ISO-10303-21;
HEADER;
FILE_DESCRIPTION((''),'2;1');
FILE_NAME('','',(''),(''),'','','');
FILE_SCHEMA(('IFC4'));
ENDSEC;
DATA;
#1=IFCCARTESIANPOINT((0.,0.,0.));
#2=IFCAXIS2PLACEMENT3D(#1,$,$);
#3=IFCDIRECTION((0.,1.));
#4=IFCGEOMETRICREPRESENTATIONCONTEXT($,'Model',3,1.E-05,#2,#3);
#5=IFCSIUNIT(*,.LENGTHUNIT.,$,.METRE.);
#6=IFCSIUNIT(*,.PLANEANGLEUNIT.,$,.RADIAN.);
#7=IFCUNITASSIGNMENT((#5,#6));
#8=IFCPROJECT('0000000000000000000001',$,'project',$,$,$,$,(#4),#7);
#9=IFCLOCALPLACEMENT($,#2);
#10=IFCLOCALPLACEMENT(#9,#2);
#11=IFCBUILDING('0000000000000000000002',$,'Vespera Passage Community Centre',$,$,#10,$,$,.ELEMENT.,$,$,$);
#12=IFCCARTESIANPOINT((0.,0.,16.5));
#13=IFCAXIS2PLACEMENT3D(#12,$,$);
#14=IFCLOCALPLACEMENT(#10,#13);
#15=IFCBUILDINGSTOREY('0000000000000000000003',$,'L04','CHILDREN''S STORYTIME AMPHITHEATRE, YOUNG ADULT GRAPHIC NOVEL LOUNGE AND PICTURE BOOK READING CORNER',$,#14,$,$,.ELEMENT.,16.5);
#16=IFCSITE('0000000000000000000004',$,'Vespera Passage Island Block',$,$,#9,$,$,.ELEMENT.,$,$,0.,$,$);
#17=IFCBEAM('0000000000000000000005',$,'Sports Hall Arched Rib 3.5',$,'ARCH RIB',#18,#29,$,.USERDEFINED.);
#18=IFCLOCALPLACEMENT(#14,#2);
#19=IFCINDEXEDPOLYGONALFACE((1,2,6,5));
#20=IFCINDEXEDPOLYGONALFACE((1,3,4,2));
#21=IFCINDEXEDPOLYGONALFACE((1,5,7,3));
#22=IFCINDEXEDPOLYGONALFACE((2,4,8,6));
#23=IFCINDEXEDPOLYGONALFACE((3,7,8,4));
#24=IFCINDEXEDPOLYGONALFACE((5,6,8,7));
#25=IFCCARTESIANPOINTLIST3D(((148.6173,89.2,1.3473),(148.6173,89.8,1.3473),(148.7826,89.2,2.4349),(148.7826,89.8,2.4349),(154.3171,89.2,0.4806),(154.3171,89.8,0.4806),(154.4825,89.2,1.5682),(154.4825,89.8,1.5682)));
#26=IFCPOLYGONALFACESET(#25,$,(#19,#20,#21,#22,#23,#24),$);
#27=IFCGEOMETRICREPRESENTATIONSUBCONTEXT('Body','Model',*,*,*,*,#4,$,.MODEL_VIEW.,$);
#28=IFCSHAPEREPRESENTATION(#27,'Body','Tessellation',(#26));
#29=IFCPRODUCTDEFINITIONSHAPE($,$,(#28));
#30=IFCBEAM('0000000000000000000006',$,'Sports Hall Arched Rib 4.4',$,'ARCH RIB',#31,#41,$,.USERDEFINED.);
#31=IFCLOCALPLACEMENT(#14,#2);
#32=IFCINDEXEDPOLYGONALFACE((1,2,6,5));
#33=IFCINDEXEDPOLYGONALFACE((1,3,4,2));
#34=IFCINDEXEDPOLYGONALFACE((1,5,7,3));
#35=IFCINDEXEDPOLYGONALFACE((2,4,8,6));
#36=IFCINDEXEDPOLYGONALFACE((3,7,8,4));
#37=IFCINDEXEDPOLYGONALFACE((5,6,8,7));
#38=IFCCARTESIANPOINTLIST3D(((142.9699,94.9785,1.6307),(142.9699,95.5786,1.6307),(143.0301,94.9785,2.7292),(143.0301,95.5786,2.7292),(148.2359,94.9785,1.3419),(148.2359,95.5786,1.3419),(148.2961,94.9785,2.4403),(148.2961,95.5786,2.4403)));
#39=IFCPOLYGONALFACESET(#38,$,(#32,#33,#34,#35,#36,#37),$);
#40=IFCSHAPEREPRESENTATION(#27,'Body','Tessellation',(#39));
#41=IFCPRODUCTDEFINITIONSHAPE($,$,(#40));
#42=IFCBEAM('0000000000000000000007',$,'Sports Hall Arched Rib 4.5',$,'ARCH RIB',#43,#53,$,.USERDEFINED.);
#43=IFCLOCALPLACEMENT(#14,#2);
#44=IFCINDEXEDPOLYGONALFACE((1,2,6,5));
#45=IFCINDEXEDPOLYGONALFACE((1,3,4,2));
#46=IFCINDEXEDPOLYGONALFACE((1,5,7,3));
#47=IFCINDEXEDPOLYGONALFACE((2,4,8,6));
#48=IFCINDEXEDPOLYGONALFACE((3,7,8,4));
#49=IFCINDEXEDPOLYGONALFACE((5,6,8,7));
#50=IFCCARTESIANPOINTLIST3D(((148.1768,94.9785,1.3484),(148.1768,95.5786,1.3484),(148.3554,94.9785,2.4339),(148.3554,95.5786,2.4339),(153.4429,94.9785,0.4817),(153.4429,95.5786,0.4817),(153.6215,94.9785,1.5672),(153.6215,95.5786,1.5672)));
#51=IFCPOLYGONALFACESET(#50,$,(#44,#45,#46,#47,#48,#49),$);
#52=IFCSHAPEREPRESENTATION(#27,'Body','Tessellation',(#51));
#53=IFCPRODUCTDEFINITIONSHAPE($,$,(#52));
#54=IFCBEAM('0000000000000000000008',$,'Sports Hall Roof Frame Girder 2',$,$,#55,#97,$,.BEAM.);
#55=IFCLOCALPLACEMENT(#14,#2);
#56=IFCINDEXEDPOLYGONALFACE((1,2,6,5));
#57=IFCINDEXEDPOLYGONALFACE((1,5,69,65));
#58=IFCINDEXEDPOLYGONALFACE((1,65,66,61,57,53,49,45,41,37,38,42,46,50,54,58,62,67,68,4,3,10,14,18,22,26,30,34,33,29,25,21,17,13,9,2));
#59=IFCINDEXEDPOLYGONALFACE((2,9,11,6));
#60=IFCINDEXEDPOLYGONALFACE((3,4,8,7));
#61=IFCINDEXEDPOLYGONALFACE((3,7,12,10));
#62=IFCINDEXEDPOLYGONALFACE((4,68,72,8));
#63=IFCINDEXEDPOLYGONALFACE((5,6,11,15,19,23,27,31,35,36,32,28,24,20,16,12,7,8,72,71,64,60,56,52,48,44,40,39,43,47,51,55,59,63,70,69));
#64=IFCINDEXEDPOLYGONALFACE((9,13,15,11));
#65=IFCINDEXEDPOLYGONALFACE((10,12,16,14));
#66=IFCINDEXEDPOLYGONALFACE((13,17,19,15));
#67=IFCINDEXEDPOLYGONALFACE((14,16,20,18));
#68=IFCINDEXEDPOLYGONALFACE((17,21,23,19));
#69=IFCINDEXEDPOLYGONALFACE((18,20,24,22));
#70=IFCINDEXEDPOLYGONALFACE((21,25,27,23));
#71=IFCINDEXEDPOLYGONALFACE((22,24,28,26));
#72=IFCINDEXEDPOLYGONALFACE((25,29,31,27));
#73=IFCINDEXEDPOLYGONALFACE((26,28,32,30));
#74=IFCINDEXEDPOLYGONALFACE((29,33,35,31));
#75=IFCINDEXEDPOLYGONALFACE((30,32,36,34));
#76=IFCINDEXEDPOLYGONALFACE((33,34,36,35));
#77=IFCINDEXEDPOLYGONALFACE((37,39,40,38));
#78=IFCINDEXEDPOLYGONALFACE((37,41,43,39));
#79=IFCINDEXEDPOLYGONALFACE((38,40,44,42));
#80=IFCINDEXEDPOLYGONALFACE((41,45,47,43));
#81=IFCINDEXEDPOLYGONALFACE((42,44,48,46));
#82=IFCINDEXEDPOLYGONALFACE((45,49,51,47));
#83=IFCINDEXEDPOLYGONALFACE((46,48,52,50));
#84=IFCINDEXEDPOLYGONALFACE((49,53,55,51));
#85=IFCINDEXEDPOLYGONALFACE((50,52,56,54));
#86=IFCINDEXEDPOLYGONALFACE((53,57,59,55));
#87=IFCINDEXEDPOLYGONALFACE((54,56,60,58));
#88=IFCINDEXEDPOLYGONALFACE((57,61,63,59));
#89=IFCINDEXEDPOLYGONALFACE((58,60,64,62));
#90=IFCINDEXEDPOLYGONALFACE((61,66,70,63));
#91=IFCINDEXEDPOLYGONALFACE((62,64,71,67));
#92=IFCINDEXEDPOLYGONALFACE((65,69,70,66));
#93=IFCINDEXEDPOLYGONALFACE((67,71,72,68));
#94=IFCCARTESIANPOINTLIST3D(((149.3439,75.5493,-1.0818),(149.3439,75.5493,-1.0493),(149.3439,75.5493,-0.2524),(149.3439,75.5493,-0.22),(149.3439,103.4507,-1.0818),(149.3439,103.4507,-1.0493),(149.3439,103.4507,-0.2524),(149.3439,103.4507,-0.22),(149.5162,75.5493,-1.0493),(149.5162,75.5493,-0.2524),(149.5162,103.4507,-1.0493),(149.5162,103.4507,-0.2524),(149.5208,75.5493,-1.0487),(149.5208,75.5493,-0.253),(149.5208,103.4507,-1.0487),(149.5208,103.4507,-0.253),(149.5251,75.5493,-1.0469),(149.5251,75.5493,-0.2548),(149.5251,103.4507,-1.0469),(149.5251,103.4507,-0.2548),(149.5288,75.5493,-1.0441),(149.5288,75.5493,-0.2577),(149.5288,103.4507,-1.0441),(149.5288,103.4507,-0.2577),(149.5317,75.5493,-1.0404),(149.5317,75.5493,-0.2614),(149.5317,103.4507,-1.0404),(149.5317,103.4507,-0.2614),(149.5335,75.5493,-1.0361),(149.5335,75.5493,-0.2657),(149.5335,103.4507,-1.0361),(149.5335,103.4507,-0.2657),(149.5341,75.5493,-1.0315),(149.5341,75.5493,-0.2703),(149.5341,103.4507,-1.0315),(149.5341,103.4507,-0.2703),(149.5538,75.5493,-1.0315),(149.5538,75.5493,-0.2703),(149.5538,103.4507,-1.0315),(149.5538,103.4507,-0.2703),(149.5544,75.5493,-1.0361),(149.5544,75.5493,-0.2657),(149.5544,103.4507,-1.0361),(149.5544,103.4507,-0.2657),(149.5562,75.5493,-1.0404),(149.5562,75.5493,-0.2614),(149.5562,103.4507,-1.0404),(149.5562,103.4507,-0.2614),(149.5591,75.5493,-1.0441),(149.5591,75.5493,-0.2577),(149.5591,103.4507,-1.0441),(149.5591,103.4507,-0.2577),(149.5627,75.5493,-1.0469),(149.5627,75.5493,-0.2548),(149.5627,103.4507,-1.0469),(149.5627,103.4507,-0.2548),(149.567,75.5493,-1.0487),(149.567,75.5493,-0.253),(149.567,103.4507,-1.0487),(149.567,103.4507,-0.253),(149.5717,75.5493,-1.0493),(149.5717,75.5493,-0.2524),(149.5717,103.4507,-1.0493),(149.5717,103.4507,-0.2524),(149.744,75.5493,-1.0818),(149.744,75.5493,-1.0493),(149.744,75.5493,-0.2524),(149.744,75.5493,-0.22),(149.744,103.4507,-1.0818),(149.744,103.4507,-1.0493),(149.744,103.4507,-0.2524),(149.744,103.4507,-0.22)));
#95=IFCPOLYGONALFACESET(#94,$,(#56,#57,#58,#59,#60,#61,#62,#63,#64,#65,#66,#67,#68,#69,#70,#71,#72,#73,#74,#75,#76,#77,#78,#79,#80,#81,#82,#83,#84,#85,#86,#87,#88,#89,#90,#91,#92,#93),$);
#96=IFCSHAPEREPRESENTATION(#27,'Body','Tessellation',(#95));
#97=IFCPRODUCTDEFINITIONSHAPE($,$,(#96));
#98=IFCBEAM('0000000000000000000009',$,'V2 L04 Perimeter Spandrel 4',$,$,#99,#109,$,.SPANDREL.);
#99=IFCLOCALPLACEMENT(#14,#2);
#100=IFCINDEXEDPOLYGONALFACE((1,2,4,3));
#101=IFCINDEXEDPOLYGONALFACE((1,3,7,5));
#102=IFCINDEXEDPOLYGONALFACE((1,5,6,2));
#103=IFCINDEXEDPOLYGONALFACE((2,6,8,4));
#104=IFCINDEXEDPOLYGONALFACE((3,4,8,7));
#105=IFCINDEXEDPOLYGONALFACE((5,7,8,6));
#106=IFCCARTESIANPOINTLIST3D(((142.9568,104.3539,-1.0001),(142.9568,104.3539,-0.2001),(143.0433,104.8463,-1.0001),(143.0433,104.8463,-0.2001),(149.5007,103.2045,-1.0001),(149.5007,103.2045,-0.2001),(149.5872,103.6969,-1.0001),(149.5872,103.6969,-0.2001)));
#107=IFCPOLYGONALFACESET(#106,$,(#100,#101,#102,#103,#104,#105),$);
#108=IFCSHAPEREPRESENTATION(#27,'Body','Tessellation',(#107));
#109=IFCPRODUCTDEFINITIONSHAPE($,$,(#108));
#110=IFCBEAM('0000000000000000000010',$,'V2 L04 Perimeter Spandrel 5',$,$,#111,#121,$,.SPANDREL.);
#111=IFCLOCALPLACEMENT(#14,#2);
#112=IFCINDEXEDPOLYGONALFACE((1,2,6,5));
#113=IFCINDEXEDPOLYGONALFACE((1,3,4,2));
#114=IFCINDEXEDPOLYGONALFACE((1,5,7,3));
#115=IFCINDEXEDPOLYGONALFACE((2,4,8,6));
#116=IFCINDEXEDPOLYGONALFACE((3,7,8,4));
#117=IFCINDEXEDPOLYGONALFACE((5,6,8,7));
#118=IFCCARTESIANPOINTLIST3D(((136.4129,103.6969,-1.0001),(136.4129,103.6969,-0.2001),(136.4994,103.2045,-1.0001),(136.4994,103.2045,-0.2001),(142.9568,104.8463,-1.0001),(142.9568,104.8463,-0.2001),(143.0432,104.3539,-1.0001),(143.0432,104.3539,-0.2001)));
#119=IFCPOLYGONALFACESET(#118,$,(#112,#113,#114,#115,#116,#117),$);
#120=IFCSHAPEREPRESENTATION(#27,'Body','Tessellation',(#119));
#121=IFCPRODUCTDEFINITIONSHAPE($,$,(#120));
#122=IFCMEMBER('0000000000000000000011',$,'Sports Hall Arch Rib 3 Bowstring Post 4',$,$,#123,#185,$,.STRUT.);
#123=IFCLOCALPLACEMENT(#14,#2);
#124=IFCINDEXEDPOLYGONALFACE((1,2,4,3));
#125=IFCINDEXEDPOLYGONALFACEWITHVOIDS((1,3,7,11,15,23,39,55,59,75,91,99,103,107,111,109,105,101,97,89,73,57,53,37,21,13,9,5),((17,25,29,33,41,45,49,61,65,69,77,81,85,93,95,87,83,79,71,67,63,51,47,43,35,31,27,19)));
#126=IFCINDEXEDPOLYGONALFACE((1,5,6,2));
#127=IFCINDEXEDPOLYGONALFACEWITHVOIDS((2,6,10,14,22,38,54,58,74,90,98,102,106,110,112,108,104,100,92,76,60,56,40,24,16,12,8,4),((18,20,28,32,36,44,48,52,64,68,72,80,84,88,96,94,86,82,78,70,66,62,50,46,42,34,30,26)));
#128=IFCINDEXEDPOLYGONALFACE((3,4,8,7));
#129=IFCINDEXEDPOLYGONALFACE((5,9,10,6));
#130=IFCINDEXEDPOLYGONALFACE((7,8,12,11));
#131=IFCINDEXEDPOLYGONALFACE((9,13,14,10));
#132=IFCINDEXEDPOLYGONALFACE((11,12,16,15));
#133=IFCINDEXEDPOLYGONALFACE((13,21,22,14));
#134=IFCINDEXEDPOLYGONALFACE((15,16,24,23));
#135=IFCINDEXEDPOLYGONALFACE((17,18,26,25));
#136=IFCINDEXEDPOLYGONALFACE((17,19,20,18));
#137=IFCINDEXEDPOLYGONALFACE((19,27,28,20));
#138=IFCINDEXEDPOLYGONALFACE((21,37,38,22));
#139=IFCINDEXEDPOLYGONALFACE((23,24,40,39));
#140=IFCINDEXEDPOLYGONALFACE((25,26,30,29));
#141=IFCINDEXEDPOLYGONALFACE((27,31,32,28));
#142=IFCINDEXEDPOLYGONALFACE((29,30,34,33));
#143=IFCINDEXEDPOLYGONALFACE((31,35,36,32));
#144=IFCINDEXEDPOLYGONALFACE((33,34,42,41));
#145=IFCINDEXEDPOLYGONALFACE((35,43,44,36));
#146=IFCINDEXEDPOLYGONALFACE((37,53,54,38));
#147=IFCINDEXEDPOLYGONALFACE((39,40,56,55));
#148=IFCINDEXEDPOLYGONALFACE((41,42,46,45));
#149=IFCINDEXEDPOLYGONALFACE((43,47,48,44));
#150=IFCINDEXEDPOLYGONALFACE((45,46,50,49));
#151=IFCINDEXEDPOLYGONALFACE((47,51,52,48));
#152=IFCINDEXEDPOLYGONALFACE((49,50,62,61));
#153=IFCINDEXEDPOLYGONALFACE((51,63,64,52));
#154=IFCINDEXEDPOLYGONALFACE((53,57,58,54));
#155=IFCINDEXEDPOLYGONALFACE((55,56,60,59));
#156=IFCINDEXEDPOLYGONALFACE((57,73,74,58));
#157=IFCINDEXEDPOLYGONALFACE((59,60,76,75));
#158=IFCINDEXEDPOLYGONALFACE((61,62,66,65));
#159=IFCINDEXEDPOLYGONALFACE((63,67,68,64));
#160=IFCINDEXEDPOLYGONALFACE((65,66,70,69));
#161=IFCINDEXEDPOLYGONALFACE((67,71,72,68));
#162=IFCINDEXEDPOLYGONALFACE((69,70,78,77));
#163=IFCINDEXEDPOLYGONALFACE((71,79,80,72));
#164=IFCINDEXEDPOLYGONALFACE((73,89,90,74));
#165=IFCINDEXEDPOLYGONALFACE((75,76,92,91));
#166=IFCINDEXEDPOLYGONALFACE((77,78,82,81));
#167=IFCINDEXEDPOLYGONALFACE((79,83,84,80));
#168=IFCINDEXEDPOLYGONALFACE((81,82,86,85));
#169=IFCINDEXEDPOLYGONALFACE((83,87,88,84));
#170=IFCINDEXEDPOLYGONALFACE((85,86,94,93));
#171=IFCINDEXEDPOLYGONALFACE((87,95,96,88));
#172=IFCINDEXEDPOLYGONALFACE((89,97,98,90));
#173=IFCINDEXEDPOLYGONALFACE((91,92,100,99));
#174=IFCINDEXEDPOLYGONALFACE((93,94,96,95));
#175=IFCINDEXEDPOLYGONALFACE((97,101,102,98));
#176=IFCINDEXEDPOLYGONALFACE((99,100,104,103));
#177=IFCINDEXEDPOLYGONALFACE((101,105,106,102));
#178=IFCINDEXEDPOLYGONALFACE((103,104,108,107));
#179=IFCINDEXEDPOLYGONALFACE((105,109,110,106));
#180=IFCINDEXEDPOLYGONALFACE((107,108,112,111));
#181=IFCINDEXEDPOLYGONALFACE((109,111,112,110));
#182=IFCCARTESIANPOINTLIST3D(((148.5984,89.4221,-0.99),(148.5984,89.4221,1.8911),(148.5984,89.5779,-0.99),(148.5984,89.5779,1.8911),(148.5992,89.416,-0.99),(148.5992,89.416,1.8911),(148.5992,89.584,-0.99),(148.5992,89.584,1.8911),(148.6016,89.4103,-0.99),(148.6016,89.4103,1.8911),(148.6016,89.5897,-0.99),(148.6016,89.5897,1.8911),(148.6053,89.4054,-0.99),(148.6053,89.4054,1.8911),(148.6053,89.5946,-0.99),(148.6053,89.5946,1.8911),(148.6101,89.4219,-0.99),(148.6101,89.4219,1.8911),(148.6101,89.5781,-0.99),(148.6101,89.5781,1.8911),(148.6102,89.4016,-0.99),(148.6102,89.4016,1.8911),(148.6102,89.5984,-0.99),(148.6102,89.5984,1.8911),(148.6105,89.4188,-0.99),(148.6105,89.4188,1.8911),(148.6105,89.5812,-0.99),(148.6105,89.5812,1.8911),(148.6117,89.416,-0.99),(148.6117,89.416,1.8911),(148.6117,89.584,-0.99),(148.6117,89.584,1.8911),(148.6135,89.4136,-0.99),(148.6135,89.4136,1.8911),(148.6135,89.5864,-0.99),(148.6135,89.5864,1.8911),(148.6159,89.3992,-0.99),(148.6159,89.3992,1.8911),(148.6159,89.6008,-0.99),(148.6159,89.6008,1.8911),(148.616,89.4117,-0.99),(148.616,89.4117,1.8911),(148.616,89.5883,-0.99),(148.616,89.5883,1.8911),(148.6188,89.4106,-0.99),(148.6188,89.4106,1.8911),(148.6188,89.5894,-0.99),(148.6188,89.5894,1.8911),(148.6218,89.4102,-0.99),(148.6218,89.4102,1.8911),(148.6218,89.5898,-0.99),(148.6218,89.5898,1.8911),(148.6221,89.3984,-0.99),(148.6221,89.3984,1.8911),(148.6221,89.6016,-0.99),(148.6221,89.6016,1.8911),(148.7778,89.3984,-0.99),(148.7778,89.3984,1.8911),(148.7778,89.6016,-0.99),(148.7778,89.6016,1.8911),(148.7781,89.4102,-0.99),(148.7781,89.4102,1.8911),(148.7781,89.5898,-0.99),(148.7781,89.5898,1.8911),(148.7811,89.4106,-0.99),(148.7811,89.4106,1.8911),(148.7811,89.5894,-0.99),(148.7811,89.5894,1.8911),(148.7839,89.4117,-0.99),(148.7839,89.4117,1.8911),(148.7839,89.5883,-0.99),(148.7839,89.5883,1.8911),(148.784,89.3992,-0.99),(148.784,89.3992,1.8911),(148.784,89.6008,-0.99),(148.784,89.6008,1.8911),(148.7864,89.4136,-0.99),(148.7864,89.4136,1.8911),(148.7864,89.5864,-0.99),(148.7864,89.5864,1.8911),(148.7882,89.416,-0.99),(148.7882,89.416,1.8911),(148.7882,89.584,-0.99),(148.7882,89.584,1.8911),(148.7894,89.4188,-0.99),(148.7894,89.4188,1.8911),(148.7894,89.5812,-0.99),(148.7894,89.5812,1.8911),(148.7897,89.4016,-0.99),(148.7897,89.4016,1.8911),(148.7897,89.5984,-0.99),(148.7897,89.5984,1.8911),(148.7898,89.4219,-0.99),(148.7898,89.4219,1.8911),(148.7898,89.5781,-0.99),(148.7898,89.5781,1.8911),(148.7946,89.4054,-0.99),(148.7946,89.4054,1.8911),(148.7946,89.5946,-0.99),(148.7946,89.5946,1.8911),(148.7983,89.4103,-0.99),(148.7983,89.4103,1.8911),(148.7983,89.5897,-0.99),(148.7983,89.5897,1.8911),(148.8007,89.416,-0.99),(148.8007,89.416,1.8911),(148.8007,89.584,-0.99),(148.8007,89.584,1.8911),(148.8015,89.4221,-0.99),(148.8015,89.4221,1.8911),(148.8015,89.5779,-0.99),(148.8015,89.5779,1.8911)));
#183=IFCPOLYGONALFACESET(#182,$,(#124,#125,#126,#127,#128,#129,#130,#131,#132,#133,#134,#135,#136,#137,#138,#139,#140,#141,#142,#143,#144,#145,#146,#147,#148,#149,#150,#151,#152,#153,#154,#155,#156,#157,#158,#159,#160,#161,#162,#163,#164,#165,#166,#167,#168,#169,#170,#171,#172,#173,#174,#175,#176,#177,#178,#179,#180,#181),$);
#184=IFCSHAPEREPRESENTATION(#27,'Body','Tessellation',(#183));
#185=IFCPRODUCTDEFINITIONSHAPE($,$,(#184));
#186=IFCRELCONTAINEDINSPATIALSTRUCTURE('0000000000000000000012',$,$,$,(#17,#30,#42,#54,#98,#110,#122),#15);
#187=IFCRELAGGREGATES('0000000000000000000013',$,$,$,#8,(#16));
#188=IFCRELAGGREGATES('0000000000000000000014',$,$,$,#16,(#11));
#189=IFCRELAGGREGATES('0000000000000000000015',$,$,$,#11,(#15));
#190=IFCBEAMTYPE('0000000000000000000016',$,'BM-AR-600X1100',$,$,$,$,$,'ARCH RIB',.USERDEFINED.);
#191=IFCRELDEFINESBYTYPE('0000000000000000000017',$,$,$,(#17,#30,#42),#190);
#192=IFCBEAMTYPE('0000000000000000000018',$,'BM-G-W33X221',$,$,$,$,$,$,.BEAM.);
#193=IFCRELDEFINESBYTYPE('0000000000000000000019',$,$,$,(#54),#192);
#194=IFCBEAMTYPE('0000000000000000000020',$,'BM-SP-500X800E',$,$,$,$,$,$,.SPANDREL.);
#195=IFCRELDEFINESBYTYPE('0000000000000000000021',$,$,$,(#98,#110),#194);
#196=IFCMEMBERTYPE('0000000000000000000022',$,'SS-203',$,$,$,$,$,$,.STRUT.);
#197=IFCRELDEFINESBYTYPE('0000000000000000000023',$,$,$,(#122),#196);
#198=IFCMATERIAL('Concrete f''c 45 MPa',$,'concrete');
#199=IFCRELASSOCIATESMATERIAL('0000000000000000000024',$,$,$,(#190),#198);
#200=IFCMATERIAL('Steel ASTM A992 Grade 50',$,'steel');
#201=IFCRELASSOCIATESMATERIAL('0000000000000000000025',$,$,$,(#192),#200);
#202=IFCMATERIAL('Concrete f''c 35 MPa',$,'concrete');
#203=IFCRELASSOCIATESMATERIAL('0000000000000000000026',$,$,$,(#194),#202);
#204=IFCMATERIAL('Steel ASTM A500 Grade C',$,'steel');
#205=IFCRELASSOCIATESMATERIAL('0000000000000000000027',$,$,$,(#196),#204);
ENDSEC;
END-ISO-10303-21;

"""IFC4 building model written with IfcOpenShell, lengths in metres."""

from ifc_helpers import new_model, si_unit, direction, frame, origin, origin_2d, place, context, subcontext, project, spatial, rectangle, hollow_rectangle, i_section, extrude, material, material_profile, profile_set, type_object, element, save


model = new_model("IFC4")

# Units and contexts
model_context = context("Model", 3, precision=1e-05, world=origin(), true_north=direction((0.0, 1.0)))
body_context = subcontext(model_context, "Body", "Model", "MODEL_VIEW")
ifc_project = project(units=[si_unit("LENGTHUNIT", "METRE"), si_unit("PLANEANGLEUNIT", "RADIAN")], contexts=[model_context])

# Site, building, storey
site_placement = place(None, origin())
site = spatial("IfcSite", under=ifc_project, at=site_placement, Name="Vespera Passage Island Block", CompositionType="ELEMENT", RefElevation=0.0)
building_placement = place(site_placement, origin())
building = spatial("IfcBuilding", under=site, at=building_placement, Name="Vespera Passage Community Centre", CompositionType="ELEMENT")
storey_placement = place(building_placement, frame((0.0, 0.0, 16.5)))
storey = spatial("IfcBuildingStorey", under=building, at=storey_placement, Name="L04", Description="CHILDREN'S STORYTIME AMPHITHEATRE, YOUNG ADULT GRAPHIC NOVEL LOUNGE AND PICTURE BOOK READING CORNER", CompositionType="ELEMENT", Elevation=16.5)

# Beams
ifc_material_1 = material(Name="Concrete f'c 45 MPa", Category="concrete")
ifc_material_profile_1 = material_profile(ifc_material_1, rectangle(XDim=0.6001, YDim=1.1001, at=origin_2d()), Name="RC600X1100")
ifc_profile_set_1 = profile_set([ifc_material_profile_1], Name="Concrete f'c 45 MPa")
beam_type_1 = type_object("IfcBeamType", Name="BM-AR-600X1100", ElementType="ARCH RIB", PredefinedType="USERDEFINED", material=ifc_profile_set_1)
beam_1_placement = place(storey_placement, frame((148.7, 89.5, 1.8911), z_axis=(0.988636, 0.0, -0.150326), x_axis=(0.0, 1.0, 0.0)))
element("IfcBeam", 1, at=beam_1_placement, inside=storey, type_object=beam_type_1, Name="Sports Hall Arched Rib 3.5", ObjectType="ARCH RIB", PredefinedType="USERDEFINED", context=body_context, shape_type="SweptSolid", body=[
    extrude(rectangle(XDim=0.6001, YDim=1.1001, at=origin_2d()), origin(), (0.0, 0.0, 1.0), 5.7654),
])
beam_2_placement = place(storey_placement, frame((143.0, 95.2786, 2.1799), z_axis=(0.998499, 0.0, -0.054762), x_axis=(0.0, 1.0, 0.0)))
element("IfcBeam", 2, at=beam_2_placement, inside=storey, type_object=beam_type_1, Name="Sports Hall Arched Rib 4.4", ObjectType="ARCH RIB", PredefinedType="USERDEFINED", context=body_context, shape_type="SweptSolid", body=[
    extrude(rectangle(XDim=0.6001, YDim=1.1001, at=origin_2d()), origin(), (0.0, 0.0, 1.0), 5.2739),
])
beam_3_placement = place(storey_placement, frame((148.2661, 95.2786, 1.8911), z_axis=(0.986726, 0.0, -0.162396), x_axis=(0.0, 1.0, 0.0)))
element("IfcBeam", 3, at=beam_3_placement, inside=storey, type_object=beam_type_1, Name="Sports Hall Arched Rib 4.5", ObjectType="ARCH RIB", PredefinedType="USERDEFINED", context=body_context, shape_type="SweptSolid", body=[
    extrude(rectangle(XDim=0.6001, YDim=1.1001, at=origin_2d()), origin(), (0.0, 0.0, 1.0), 5.3369),
])
ifc_material_2 = material(Name="Steel ASTM A992 Grade 50", Category="steel")
ifc_material_profile_2 = material_profile(ifc_material_2, i_section(OverallWidth=0.4001, OverallDepth=0.8618, WebThickness=0.0198, FlangeThickness=0.0325, FilletRadius=0.0178, at=origin_2d()), Name="W33X221")
ifc_profile_set_2 = profile_set([ifc_material_profile_2], Name="Steel ASTM A992 Grade 50")
beam_type_2 = type_object("IfcBeamType", Name="BM-G-W33X221", PredefinedType="BEAM", material=ifc_profile_set_2)
beam_4_placement = place(storey_placement, frame((149.5439, 103.4507, -0.6509), z_axis=(0.0, -1.0, 0.0), x_axis=(1.0, 0.0, 0.0)))
element("IfcBeam", 4, at=beam_4_placement, inside=storey, type_object=beam_type_2, Name="Sports Hall Roof Frame Girder 2", PredefinedType="BEAM", context=body_context, shape_type="SweptSolid", body=[
    extrude(i_section(OverallWidth=0.4001, OverallDepth=0.8618, WebThickness=0.0198, FlangeThickness=0.0325, FilletRadius=0.0178, at=origin_2d()), origin(), (0.0, 0.0, 1.0), 27.9014),
])
ifc_material_3 = material(Name="Concrete f'c 35 MPa", Category="concrete")
ifc_material_profile_3 = material_profile(ifc_material_3, rectangle(XDim=0.5, YDim=0.8, at=origin_2d()), Name="RC500X800")
ifc_profile_set_3 = profile_set([ifc_material_profile_3], Name="Concrete f'c 35 MPa")
beam_type_3 = type_object("IfcBeamType", Name="BM-SP-500X800E", PredefinedType="SPANDREL", material=ifc_profile_set_3)
for number, where, z_axis, x_axis, name in (
    (5, (149.5439, 103.4507, -0.6001), (-0.984922, 0.172997, 0.0), (-0.172997, -0.984922, 0.0), "V2 L04 Perimeter Spandrel 4"),
    (6, (143.0, 104.6001, -0.6001), (-0.984922, -0.172997, 0.0), (0.172997, -0.984922, 0.0), "V2 L04 Perimeter Spandrel 5"),
):
    element("IfcBeam", number, at=place(storey_placement, frame(where, z_axis=z_axis, x_axis=x_axis)), inside=storey, type_object=beam_type_3, Name=name, PredefinedType="SPANDREL", context=body_context, shape_type="SweptSolid", body=[
        extrude(rectangle(XDim=0.5, YDim=0.8, at=origin_2d()), origin(), (0.0, 0.0, 1.0), 6.644),
    ])

# Member
ifc_material_4 = material(Name="Steel ASTM A500 Grade C", Category="steel")
ifc_material_profile_4 = material_profile(ifc_material_4, hollow_rectangle(XDim=0.2031, YDim=0.2031, WallThickness=0.0117, InnerFilletRadius=0.0117, OuterFilletRadius=0.0237, at=origin_2d()), Name="HSS203X203X12.7")
ifc_profile_set_4 = profile_set([ifc_material_profile_4], Name="Steel ASTM A500 Grade C")
member_type = type_object("IfcMemberType", Name="SS-203", PredefinedType="STRUT", material=ifc_profile_set_4)
member_1_placement = place(storey_placement, frame((148.7, 89.5, -0.99), z_axis=(0.0, 0.0, 1.0), x_axis=(1.0, 0.0, 0.0)))
element("IfcMember", 7, at=member_1_placement, inside=storey, type_object=member_type, Name="Sports Hall Arch Rib 3 Bowstring Post 4", PredefinedType="STRUT", context=body_context, shape_type="SweptSolid", body=[
    extrude(hollow_rectangle(XDim=0.2031, YDim=0.2031, WallThickness=0.0117, InnerFilletRadius=0.0117, OuterFilletRadius=0.0237, at=origin_2d()), origin(), (0.0, 0.0, 1.0), 2.8811),
])

save(model, "model.ifc")
